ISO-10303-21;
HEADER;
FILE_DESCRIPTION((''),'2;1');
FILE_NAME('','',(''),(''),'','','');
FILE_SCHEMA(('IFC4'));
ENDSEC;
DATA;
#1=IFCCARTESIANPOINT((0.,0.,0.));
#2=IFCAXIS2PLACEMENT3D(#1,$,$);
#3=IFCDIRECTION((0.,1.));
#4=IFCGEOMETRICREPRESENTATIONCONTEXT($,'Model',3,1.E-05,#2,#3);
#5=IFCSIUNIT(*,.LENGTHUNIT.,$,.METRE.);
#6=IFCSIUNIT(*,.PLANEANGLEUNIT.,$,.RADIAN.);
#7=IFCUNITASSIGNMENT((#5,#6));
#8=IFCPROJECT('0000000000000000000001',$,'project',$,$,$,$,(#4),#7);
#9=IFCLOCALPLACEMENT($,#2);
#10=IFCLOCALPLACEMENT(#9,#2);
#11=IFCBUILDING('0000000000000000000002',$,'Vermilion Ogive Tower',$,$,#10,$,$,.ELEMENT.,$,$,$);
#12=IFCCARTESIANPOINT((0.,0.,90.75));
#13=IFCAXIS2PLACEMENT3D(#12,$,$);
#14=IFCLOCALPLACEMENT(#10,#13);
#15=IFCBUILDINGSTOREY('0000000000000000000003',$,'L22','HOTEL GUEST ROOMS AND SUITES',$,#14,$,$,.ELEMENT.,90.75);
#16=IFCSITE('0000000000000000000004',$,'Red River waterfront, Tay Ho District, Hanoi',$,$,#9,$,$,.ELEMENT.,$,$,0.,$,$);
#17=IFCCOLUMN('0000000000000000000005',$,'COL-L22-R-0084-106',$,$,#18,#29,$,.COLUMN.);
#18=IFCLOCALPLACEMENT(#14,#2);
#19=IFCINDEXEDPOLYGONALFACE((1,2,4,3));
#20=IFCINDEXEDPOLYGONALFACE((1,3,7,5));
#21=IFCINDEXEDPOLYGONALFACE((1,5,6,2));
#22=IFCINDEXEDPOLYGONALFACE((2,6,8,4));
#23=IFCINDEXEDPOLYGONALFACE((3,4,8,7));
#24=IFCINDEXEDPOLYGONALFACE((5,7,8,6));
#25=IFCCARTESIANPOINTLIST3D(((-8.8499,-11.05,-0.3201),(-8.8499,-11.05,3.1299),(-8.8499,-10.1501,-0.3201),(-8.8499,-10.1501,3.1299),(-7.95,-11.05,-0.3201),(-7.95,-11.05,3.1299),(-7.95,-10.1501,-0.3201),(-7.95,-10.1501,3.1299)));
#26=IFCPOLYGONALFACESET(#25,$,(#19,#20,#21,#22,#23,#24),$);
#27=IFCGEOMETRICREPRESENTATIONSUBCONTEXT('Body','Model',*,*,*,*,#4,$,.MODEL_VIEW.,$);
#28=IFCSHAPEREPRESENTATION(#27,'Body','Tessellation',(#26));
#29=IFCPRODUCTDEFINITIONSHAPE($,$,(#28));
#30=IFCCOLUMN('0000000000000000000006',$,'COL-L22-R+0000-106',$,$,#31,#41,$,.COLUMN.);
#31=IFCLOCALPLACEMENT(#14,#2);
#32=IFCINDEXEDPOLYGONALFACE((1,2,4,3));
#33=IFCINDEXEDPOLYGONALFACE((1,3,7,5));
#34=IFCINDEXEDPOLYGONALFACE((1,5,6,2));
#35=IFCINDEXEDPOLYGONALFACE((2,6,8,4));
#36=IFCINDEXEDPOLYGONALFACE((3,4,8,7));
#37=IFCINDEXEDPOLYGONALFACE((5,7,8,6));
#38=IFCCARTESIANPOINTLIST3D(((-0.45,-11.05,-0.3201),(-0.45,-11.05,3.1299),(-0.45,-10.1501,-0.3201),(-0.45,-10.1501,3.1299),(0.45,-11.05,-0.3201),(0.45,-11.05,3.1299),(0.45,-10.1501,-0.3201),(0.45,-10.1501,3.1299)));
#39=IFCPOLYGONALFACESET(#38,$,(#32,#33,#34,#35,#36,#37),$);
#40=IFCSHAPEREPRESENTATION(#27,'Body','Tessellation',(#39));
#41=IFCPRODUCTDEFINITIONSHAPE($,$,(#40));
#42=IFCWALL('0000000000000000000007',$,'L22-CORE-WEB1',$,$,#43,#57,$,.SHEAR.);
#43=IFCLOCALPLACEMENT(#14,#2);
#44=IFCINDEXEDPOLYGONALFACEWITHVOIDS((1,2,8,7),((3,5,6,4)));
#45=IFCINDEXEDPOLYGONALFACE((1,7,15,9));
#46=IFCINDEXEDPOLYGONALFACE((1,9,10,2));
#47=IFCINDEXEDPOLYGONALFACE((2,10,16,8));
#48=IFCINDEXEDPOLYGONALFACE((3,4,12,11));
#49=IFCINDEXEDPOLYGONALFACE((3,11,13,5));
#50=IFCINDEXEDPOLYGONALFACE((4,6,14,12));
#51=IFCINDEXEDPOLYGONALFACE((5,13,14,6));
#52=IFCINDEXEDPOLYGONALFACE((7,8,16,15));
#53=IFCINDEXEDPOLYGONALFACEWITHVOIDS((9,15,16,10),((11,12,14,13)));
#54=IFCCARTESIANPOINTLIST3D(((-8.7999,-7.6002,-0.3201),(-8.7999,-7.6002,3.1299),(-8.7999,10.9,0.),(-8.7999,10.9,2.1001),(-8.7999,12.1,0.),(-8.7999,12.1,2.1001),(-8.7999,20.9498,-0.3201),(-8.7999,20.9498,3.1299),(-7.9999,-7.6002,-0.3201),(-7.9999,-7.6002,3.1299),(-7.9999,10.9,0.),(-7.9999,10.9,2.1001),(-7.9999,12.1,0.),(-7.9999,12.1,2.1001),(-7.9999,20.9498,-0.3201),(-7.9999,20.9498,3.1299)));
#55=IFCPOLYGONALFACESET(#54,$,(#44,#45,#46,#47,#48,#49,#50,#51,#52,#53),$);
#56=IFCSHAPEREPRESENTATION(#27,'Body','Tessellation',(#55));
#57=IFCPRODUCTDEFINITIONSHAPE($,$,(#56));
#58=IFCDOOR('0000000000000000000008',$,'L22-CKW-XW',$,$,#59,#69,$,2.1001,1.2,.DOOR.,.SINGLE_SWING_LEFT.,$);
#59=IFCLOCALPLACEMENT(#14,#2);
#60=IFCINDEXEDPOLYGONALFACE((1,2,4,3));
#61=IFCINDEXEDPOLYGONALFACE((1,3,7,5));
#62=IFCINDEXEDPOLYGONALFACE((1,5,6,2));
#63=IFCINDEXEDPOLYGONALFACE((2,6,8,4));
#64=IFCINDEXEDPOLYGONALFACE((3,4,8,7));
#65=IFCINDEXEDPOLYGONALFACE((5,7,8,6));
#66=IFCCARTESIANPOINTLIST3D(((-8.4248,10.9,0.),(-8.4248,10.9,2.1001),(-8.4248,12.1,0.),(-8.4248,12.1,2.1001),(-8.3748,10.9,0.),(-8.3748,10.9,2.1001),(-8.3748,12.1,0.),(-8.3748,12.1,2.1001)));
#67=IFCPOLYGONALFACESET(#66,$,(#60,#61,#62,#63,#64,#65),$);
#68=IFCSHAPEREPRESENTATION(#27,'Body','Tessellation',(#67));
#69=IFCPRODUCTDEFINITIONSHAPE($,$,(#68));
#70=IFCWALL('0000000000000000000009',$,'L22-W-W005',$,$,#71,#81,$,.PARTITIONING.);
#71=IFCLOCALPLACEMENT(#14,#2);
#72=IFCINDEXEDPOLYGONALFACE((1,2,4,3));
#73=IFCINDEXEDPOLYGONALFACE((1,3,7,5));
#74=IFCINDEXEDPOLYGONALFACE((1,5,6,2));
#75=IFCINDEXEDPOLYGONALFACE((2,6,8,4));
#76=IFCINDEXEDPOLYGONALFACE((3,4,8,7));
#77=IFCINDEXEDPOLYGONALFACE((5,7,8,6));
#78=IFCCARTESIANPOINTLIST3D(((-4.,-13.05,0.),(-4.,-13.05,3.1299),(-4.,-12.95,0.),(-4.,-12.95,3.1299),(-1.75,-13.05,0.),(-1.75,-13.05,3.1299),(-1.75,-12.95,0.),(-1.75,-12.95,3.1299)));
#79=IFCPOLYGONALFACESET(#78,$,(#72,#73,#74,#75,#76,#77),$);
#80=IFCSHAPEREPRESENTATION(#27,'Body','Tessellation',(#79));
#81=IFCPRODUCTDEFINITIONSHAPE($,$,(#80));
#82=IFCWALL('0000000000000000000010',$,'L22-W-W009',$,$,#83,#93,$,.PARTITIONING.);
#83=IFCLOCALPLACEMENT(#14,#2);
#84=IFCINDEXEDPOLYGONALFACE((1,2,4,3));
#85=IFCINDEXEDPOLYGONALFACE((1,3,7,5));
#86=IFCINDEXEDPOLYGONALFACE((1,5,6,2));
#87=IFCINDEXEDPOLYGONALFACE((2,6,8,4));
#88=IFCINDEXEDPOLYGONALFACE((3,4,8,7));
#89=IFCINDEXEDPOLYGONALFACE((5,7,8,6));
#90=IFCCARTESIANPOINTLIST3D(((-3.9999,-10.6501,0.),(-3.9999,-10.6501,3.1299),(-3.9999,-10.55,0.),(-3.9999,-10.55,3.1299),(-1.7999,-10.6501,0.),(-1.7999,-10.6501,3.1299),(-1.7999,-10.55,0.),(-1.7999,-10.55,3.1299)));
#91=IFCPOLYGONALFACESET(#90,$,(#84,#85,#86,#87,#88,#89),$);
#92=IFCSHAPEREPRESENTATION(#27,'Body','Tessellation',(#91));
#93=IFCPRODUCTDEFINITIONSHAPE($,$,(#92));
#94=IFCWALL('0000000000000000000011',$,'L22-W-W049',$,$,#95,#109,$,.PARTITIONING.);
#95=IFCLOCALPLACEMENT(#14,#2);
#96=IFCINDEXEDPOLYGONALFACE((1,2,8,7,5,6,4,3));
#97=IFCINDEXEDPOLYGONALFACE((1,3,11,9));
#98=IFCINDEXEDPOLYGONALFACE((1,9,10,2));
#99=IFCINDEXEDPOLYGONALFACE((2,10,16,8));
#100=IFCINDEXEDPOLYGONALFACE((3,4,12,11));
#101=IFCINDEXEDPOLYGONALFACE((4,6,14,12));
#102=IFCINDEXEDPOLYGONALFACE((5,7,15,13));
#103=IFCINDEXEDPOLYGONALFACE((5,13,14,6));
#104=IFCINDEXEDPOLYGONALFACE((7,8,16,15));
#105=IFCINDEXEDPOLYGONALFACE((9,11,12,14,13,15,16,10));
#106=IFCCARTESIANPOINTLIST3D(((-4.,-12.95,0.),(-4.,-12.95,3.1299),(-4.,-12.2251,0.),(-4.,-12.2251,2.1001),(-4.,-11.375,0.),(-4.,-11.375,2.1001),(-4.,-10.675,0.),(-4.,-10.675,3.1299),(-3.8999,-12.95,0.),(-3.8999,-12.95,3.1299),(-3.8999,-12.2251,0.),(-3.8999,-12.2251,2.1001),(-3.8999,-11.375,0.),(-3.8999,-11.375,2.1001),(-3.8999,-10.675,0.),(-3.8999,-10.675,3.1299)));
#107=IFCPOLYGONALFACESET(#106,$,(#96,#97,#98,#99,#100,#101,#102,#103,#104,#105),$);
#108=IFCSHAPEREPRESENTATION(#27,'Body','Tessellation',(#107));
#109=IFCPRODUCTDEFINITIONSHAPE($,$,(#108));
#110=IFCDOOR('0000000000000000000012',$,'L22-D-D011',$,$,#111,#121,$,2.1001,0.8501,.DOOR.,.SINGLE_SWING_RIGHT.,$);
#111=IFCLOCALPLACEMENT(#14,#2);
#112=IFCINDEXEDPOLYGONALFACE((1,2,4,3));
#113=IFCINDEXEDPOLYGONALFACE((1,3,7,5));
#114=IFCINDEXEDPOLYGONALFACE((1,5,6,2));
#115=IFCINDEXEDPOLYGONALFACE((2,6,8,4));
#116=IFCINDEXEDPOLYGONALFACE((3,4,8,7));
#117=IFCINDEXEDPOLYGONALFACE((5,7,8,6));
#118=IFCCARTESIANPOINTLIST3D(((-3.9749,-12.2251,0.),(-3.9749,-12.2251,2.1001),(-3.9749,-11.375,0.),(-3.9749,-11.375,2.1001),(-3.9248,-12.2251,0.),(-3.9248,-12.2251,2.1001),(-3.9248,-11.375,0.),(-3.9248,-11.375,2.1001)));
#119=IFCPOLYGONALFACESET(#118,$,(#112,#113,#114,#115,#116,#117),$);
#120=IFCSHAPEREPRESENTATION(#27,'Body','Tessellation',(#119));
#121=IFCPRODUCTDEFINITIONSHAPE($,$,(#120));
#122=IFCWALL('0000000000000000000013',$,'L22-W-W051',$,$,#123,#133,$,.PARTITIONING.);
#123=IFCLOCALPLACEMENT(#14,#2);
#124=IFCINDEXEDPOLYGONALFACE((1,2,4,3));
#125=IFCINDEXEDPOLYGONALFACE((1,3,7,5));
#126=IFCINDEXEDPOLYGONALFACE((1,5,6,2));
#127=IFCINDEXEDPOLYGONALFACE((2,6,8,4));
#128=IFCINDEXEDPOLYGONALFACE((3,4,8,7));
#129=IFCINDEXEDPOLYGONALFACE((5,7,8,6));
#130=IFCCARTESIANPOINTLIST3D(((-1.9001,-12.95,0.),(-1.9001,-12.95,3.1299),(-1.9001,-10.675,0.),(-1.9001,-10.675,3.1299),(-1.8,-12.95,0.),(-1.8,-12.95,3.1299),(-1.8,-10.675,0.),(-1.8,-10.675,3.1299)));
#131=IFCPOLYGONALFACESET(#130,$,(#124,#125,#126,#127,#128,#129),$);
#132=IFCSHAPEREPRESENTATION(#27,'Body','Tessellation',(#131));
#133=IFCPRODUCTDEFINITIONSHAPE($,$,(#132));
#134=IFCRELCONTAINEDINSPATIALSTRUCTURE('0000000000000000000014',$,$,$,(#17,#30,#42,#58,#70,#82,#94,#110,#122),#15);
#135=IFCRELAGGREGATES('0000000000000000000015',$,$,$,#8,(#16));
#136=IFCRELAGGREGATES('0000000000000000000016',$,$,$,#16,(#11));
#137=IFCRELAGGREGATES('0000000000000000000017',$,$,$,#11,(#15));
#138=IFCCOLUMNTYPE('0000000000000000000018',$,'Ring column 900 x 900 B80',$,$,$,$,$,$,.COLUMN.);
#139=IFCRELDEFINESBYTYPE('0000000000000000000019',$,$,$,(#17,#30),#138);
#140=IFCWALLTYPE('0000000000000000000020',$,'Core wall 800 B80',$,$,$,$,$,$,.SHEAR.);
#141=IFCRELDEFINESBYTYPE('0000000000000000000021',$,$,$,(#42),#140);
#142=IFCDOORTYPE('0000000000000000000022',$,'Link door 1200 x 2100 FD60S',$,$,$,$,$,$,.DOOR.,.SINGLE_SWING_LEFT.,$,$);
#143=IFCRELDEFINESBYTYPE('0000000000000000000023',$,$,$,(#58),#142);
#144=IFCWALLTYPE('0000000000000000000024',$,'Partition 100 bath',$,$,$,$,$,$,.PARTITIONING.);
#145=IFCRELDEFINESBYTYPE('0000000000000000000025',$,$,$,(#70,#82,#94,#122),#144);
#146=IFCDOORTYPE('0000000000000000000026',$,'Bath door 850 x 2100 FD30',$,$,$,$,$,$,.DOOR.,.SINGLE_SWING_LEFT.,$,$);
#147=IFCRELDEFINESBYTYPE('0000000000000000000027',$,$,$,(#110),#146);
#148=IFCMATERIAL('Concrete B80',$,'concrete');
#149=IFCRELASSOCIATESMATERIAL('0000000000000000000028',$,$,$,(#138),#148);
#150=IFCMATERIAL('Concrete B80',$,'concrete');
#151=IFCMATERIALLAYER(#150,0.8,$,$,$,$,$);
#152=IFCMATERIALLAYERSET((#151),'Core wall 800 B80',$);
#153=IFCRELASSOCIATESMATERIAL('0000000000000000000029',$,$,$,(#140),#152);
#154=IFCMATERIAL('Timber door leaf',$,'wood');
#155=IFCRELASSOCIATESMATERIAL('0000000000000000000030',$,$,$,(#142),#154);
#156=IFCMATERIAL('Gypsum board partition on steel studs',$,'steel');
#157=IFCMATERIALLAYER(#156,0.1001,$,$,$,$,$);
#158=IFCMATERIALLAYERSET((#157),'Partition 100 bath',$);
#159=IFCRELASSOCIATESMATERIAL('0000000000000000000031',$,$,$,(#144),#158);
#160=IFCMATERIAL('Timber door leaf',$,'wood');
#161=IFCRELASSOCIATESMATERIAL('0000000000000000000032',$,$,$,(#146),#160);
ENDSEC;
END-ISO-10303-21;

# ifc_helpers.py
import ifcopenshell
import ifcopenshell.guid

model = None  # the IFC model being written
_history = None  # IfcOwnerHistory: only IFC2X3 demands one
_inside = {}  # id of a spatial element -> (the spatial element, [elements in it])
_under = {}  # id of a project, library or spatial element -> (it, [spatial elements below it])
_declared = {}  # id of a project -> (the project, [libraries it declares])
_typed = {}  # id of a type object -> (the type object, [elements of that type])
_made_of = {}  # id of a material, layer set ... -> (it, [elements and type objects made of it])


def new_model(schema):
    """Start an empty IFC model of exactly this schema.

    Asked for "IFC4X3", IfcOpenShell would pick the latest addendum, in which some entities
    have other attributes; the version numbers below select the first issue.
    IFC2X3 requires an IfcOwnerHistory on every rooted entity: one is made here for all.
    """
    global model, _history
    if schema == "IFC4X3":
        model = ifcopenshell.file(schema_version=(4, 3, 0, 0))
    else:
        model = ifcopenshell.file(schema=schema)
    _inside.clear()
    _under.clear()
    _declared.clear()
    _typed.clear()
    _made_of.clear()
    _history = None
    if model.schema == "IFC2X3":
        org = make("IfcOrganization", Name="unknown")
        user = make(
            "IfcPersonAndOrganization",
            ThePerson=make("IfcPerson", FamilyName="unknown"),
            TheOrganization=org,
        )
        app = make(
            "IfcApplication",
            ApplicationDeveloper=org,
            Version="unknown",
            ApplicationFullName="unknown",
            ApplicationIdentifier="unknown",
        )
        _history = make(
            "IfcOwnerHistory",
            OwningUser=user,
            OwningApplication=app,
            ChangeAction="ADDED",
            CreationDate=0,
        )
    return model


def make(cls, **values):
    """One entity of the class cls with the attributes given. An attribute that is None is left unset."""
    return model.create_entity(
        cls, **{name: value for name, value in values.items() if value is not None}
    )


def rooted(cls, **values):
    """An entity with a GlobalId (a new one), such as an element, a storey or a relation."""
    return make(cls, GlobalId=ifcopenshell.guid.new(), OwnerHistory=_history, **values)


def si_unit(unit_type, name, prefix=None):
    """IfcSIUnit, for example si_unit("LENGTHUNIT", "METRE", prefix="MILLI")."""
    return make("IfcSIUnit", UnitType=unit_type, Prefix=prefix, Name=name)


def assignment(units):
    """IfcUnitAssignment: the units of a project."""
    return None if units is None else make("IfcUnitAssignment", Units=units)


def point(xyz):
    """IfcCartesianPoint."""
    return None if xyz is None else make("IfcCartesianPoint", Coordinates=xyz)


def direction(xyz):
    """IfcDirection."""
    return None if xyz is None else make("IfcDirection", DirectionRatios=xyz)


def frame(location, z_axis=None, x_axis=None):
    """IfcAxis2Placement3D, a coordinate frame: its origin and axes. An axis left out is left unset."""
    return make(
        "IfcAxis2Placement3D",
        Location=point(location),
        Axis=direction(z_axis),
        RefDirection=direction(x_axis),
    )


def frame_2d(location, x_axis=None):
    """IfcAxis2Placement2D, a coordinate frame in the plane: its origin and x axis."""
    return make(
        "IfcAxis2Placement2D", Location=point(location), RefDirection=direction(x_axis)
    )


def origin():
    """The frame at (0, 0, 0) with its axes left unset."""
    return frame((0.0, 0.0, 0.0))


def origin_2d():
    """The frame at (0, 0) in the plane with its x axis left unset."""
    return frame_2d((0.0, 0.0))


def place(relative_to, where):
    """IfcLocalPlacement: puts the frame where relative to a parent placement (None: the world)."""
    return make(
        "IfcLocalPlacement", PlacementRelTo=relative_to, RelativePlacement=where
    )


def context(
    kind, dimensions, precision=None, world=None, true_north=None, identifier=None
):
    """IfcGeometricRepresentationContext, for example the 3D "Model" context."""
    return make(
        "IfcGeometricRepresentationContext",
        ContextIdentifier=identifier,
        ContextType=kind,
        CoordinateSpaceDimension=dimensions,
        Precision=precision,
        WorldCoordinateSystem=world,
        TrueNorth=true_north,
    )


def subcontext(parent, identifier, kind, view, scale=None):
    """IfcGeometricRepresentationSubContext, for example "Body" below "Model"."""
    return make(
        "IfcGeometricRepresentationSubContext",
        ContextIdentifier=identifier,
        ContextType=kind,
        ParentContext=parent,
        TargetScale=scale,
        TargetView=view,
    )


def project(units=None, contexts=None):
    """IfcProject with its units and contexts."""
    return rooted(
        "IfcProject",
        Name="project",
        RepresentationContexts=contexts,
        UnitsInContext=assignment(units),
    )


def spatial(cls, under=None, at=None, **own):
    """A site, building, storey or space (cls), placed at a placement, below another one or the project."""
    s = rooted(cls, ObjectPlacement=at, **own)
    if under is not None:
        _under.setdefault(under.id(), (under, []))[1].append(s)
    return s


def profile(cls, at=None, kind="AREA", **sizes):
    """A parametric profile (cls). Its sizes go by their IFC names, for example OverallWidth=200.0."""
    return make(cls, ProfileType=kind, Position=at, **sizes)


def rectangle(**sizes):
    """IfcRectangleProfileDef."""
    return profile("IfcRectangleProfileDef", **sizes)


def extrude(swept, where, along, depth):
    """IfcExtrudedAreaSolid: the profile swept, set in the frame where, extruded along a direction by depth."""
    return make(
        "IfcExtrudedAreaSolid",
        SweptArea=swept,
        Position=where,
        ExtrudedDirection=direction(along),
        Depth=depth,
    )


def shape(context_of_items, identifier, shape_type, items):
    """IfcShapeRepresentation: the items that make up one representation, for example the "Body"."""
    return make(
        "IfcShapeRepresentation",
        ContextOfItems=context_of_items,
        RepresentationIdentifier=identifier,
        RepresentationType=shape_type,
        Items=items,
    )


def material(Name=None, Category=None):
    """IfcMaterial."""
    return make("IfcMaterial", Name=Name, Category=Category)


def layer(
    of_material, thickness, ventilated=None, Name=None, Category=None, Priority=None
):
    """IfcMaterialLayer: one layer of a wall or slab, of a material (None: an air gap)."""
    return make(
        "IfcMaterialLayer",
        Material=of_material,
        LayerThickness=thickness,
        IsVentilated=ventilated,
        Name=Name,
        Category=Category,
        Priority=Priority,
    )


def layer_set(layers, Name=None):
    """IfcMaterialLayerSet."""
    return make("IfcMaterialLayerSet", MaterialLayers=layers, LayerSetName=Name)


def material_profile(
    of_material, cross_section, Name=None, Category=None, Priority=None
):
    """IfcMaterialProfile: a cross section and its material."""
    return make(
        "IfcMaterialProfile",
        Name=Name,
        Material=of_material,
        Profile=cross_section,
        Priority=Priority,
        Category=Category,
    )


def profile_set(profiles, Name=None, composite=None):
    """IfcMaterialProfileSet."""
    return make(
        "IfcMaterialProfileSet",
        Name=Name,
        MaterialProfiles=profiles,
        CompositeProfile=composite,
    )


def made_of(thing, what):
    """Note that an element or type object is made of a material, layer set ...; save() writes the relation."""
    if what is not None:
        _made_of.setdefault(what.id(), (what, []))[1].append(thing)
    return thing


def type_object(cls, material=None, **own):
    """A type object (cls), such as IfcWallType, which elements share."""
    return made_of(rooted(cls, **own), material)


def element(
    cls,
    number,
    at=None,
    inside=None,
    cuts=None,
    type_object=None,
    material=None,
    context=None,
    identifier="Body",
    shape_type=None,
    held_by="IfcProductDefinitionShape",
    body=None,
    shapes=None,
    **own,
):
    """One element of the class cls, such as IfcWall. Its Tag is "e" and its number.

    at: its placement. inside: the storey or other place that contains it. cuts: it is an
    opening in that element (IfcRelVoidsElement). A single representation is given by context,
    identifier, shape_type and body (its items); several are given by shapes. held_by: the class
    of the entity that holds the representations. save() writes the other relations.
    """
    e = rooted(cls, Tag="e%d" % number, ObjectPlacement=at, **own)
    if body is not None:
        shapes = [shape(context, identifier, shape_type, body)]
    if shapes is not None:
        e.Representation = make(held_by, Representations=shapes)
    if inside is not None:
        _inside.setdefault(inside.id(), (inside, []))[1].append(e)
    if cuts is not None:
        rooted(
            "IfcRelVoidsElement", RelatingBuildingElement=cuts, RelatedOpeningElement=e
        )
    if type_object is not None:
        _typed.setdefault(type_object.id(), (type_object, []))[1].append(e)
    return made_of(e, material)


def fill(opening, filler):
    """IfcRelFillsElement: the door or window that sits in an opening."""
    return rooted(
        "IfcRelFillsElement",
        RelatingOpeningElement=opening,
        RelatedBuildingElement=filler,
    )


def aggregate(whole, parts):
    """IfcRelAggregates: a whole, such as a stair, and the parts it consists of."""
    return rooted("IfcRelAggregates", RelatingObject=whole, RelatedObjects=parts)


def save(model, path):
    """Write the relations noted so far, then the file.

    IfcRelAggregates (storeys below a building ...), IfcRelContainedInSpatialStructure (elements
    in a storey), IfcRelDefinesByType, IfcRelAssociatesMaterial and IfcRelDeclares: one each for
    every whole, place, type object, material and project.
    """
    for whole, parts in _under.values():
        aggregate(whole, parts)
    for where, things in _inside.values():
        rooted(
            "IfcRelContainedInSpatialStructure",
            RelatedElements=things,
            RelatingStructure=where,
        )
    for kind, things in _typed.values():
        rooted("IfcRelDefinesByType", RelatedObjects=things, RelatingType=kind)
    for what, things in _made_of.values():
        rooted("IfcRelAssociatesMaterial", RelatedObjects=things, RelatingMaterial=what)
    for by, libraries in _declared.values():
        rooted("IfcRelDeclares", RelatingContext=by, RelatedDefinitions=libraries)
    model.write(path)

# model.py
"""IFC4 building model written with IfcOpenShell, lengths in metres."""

from ifc_helpers import new_model, si_unit, direction, frame, frame_2d, origin, origin_2d, place, context, subcontext, project, spatial, rectangle, extrude, material, layer, layer_set, material_profile, profile_set, type_object, element, fill, save


model = new_model("IFC4")

# Units and contexts
model_context = context("Model", 3, precision=1e-05, world=origin(), true_north=direction((0.0, 1.0)))
body_context = subcontext(model_context, "Body", "Model", "MODEL_VIEW")
ifc_project = project(units=[si_unit("LENGTHUNIT", "METRE"), si_unit("PLANEANGLEUNIT", "RADIAN")], contexts=[model_context])

# Site, building, storey
site_placement = place(None, origin())
site = spatial("IfcSite", under=ifc_project, at=site_placement, Name="Red River waterfront, Tay Ho District, Hanoi", CompositionType="ELEMENT", RefElevation=0.0)
building_placement = place(site_placement, origin())
building = spatial("IfcBuilding", under=site, at=building_placement, Name="Vermilion Ogive Tower", CompositionType="ELEMENT")
storey_placement = place(building_placement, frame((0.0, 0.0, 90.75)))
storey = spatial("IfcBuildingStorey", under=building, at=storey_placement, Name="L22", Description="HOTEL GUEST ROOMS AND SUITES", CompositionType="ELEMENT", Elevation=90.75)

# Columns
ifc_material_1 = material(Name="Concrete B80", Category="concrete")
ifc_material_profile = material_profile(ifc_material_1, rectangle(XDim=0.8999, YDim=0.8999, at=origin_2d()), Name="900 x 900")
ifc_profile_set = profile_set([ifc_material_profile], Name="Concrete B80")
column_type = type_object("IfcColumnType", Name="Ring column 900 x 900 B80", PredefinedType="COLUMN", material=ifc_profile_set)
for number, where, z_axis, x_axis, name in (
    (1, (-8.3999, -10.6001, -0.3201), (0.0, 0.0, 1.0), (1.0, 0.0, 0.0), "COL-L22-R-0084-106"),
    (2, (0.0, -10.6001, -0.3201), (0.0, 0.0, 1.0), (1.0, 0.0, 0.0), "COL-L22-R+0000-106"),
):
    element("IfcColumn", number, at=place(storey_placement, frame(where, z_axis=z_axis, x_axis=x_axis)), inside=storey, type_object=column_type, Name=name, PredefinedType="COLUMN", context=body_context, shape_type="SweptSolid", body=[
        extrude(rectangle(XDim=0.8999, YDim=0.8999, at=origin_2d()), origin(), (0.0, 0.0, 1.0), 3.45),
    ])

# Wall, opening, door
ifc_material_2 = material(Name="Concrete B80", Category="concrete")
ifc_layer_1 = layer(ifc_material_2, 0.8)
ifc_layer_set_1 = layer_set([ifc_layer_1], Name="Core wall 800 B80")
wall_type_1 = type_object("IfcWallType", Name="Core wall 800 B80", PredefinedType="SHEAR", material=ifc_layer_set_1)
wall_1_placement = place(storey_placement, frame((-8.3999, -7.6001, -0.3201), z_axis=(0.0, 0.0, 1.0), x_axis=(0.0, 1.0, 0.0)))
wall_1 = element("IfcWall", 3, at=wall_1_placement, inside=storey, type_object=wall_type_1, Name="L22-CORE-WEB1", PredefinedType="SHEAR", context=body_context, shape_type="SweptSolid", body=[
    extrude(rectangle(XDim=28.55, YDim=0.8, at=frame_2d((14.2749, 0.0))), origin(), (0.0, 0.0, 1.0), 3.45),
])
opening_1_placement = place(wall_1_placement, frame((18.5, 0.0, 0.3201)))
opening_1 = element("IfcOpeningElement", 4, at=opening_1_placement, cuts=wall_1, PredefinedType="OPENING", context=body_context, shape_type="SweptSolid", body=[
    extrude(rectangle(XDim=1.2, YDim=2.1001, at=frame_2d((0.6001, 1.05))), frame((0.0, 0.4099, 0.0), z_axis=(0.0, -1.0, 0.0), x_axis=(1.0, 0.0, 0.0)), (0.0, 0.0, 1.0), 0.8201),
])
ifc_material_3 = material(Name="Timber door leaf", Category="wood")
door_type_1 = type_object("IfcDoorType", Name="Link door 1200 x 2100 FD60S", OperationType="SINGLE_SWING_LEFT", PredefinedType="DOOR", material=ifc_material_3)
door_1_placement = place(opening_1_placement, origin())
door_1 = element("IfcDoor", 5, at=door_1_placement, inside=storey, type_object=door_type_1, Name="L22-CKW-XW", OperationType="SINGLE_SWING_LEFT", OverallHeight=2.1001, OverallWidth=1.2, PredefinedType="DOOR", context=body_context, shape_type="SweptSolid", body=[
    extrude(rectangle(XDim=1.2, YDim=2.1001, at=frame_2d((0.6001, 1.05))), frame((0.0, 0.0249, 0.0), z_axis=(0.0, -1.0, 0.0), x_axis=(1.0, 0.0, 0.0)), (0.0, 0.0, 1.0), 0.05),
])
fill(opening_1, door_1)

# Walls
ifc_material_4 = material(Name="Gypsum board partition on steel studs", Category="steel")
ifc_layer_2 = layer(ifc_material_4, 0.1001)
ifc_layer_set_2 = layer_set([ifc_layer_2], Name="Partition 100 bath")
wall_type_2 = type_object("IfcWallType", Name="Partition 100 bath", PredefinedType="PARTITIONING", material=ifc_layer_set_2)
wall_2_placement = place(storey_placement, frame((-4.0, -13.0, 0.0), z_axis=(0.0, 0.0, 1.0), x_axis=(1.0, 0.0, 0.0)))
element("IfcWall", 6, at=wall_2_placement, inside=storey, type_object=wall_type_2, Name="L22-W-W005", PredefinedType="PARTITIONING", context=body_context, shape_type="SweptSolid", body=[
    extrude(rectangle(XDim=2.25, YDim=0.1001, at=frame_2d((1.125, 0.0))), origin(), (0.0, 0.0, 1.0), 3.1299),
])
wall_3_placement = place(storey_placement, frame((-4.0, -10.6001, 0.0), z_axis=(0.0, 0.0, 1.0), x_axis=(1.0, 0.0, 0.0)))
element("IfcWall", 7, at=wall_3_placement, inside=storey, type_object=wall_type_2, Name="L22-W-W009", PredefinedType="PARTITIONING", context=body_context, shape_type="SweptSolid", body=[
    extrude(rectangle(XDim=2.2, YDim=0.1001, at=frame_2d((1.1001, 0.0))), origin(), (0.0, 0.0, 1.0), 3.1299),
])

# Wall, opening, door
wall_4_placement = place(storey_placement, frame((-3.95, -12.95, 0.0), z_axis=(0.0, 0.0, 1.0), x_axis=(0.0, 1.0, 0.0)))
wall_4 = element("IfcWall", 8, at=wall_4_placement, inside=storey, type_object=wall_type_2, Name="L22-W-W049", PredefinedType="PARTITIONING", context=body_context, shape_type="SweptSolid", body=[
    extrude(rectangle(XDim=2.2749, YDim=0.1001, at=frame_2d((1.1375, 0.0))), origin(), (0.0, 0.0, 1.0), 3.1299),
])
opening_2_placement = place(wall_4_placement, frame((0.7249, 0.0, 0.0)))
opening_2 = element("IfcOpeningElement", 9, at=opening_2_placement, cuts=wall_4, PredefinedType="OPENING", context=body_context, shape_type="SweptSolid", body=[
    extrude(rectangle(XDim=0.8501, YDim=2.1001, at=frame_2d((0.425, 1.05))), frame((0.0, 0.0601, 0.0), z_axis=(0.0, -1.0, 0.0), x_axis=(1.0, 0.0, 0.0)), (0.0, 0.0, 1.0), 0.1201),
])
ifc_material_5 = material(Name="Timber door leaf", Category="wood")
door_type_2 = type_object("IfcDoorType", Name="Bath door 850 x 2100 FD30", OperationType="SINGLE_SWING_LEFT", PredefinedType="DOOR", material=ifc_material_5)
door_2_placement = place(opening_2_placement, origin())
door_2 = element("IfcDoor", 10, at=door_2_placement, inside=storey, type_object=door_type_2, Name="L22-D-D011", OperationType="SINGLE_SWING_RIGHT", OverallHeight=2.1001, OverallWidth=0.8501, PredefinedType="DOOR", context=body_context, shape_type="SweptSolid", body=[
    extrude(rectangle(XDim=0.8501, YDim=2.1001, at=frame_2d((0.425, 1.05))), frame((0.0, 0.0249, 0.0), z_axis=(0.0, -1.0, 0.0), x_axis=(1.0, 0.0, 0.0)), (0.0, 0.0, 1.0), 0.05),
])
fill(opening_2, door_2)

# Wall
wall_5_placement = place(storey_placement, frame((-1.8501, -12.95, 0.0), z_axis=(0.0, 0.0, 1.0), x_axis=(0.0, 1.0, 0.0)))
element("IfcWall", 11, at=wall_5_placement, inside=storey, type_object=wall_type_2, Name="L22-W-W051", PredefinedType="PARTITIONING", context=body_context, shape_type="SweptSolid", body=[
    extrude(rectangle(XDim=2.2749, YDim=0.1001, at=frame_2d((1.1375, 0.0))), origin(), (0.0, 0.0, 1.0), 3.1299),
])

save(model, "model.ifc")
